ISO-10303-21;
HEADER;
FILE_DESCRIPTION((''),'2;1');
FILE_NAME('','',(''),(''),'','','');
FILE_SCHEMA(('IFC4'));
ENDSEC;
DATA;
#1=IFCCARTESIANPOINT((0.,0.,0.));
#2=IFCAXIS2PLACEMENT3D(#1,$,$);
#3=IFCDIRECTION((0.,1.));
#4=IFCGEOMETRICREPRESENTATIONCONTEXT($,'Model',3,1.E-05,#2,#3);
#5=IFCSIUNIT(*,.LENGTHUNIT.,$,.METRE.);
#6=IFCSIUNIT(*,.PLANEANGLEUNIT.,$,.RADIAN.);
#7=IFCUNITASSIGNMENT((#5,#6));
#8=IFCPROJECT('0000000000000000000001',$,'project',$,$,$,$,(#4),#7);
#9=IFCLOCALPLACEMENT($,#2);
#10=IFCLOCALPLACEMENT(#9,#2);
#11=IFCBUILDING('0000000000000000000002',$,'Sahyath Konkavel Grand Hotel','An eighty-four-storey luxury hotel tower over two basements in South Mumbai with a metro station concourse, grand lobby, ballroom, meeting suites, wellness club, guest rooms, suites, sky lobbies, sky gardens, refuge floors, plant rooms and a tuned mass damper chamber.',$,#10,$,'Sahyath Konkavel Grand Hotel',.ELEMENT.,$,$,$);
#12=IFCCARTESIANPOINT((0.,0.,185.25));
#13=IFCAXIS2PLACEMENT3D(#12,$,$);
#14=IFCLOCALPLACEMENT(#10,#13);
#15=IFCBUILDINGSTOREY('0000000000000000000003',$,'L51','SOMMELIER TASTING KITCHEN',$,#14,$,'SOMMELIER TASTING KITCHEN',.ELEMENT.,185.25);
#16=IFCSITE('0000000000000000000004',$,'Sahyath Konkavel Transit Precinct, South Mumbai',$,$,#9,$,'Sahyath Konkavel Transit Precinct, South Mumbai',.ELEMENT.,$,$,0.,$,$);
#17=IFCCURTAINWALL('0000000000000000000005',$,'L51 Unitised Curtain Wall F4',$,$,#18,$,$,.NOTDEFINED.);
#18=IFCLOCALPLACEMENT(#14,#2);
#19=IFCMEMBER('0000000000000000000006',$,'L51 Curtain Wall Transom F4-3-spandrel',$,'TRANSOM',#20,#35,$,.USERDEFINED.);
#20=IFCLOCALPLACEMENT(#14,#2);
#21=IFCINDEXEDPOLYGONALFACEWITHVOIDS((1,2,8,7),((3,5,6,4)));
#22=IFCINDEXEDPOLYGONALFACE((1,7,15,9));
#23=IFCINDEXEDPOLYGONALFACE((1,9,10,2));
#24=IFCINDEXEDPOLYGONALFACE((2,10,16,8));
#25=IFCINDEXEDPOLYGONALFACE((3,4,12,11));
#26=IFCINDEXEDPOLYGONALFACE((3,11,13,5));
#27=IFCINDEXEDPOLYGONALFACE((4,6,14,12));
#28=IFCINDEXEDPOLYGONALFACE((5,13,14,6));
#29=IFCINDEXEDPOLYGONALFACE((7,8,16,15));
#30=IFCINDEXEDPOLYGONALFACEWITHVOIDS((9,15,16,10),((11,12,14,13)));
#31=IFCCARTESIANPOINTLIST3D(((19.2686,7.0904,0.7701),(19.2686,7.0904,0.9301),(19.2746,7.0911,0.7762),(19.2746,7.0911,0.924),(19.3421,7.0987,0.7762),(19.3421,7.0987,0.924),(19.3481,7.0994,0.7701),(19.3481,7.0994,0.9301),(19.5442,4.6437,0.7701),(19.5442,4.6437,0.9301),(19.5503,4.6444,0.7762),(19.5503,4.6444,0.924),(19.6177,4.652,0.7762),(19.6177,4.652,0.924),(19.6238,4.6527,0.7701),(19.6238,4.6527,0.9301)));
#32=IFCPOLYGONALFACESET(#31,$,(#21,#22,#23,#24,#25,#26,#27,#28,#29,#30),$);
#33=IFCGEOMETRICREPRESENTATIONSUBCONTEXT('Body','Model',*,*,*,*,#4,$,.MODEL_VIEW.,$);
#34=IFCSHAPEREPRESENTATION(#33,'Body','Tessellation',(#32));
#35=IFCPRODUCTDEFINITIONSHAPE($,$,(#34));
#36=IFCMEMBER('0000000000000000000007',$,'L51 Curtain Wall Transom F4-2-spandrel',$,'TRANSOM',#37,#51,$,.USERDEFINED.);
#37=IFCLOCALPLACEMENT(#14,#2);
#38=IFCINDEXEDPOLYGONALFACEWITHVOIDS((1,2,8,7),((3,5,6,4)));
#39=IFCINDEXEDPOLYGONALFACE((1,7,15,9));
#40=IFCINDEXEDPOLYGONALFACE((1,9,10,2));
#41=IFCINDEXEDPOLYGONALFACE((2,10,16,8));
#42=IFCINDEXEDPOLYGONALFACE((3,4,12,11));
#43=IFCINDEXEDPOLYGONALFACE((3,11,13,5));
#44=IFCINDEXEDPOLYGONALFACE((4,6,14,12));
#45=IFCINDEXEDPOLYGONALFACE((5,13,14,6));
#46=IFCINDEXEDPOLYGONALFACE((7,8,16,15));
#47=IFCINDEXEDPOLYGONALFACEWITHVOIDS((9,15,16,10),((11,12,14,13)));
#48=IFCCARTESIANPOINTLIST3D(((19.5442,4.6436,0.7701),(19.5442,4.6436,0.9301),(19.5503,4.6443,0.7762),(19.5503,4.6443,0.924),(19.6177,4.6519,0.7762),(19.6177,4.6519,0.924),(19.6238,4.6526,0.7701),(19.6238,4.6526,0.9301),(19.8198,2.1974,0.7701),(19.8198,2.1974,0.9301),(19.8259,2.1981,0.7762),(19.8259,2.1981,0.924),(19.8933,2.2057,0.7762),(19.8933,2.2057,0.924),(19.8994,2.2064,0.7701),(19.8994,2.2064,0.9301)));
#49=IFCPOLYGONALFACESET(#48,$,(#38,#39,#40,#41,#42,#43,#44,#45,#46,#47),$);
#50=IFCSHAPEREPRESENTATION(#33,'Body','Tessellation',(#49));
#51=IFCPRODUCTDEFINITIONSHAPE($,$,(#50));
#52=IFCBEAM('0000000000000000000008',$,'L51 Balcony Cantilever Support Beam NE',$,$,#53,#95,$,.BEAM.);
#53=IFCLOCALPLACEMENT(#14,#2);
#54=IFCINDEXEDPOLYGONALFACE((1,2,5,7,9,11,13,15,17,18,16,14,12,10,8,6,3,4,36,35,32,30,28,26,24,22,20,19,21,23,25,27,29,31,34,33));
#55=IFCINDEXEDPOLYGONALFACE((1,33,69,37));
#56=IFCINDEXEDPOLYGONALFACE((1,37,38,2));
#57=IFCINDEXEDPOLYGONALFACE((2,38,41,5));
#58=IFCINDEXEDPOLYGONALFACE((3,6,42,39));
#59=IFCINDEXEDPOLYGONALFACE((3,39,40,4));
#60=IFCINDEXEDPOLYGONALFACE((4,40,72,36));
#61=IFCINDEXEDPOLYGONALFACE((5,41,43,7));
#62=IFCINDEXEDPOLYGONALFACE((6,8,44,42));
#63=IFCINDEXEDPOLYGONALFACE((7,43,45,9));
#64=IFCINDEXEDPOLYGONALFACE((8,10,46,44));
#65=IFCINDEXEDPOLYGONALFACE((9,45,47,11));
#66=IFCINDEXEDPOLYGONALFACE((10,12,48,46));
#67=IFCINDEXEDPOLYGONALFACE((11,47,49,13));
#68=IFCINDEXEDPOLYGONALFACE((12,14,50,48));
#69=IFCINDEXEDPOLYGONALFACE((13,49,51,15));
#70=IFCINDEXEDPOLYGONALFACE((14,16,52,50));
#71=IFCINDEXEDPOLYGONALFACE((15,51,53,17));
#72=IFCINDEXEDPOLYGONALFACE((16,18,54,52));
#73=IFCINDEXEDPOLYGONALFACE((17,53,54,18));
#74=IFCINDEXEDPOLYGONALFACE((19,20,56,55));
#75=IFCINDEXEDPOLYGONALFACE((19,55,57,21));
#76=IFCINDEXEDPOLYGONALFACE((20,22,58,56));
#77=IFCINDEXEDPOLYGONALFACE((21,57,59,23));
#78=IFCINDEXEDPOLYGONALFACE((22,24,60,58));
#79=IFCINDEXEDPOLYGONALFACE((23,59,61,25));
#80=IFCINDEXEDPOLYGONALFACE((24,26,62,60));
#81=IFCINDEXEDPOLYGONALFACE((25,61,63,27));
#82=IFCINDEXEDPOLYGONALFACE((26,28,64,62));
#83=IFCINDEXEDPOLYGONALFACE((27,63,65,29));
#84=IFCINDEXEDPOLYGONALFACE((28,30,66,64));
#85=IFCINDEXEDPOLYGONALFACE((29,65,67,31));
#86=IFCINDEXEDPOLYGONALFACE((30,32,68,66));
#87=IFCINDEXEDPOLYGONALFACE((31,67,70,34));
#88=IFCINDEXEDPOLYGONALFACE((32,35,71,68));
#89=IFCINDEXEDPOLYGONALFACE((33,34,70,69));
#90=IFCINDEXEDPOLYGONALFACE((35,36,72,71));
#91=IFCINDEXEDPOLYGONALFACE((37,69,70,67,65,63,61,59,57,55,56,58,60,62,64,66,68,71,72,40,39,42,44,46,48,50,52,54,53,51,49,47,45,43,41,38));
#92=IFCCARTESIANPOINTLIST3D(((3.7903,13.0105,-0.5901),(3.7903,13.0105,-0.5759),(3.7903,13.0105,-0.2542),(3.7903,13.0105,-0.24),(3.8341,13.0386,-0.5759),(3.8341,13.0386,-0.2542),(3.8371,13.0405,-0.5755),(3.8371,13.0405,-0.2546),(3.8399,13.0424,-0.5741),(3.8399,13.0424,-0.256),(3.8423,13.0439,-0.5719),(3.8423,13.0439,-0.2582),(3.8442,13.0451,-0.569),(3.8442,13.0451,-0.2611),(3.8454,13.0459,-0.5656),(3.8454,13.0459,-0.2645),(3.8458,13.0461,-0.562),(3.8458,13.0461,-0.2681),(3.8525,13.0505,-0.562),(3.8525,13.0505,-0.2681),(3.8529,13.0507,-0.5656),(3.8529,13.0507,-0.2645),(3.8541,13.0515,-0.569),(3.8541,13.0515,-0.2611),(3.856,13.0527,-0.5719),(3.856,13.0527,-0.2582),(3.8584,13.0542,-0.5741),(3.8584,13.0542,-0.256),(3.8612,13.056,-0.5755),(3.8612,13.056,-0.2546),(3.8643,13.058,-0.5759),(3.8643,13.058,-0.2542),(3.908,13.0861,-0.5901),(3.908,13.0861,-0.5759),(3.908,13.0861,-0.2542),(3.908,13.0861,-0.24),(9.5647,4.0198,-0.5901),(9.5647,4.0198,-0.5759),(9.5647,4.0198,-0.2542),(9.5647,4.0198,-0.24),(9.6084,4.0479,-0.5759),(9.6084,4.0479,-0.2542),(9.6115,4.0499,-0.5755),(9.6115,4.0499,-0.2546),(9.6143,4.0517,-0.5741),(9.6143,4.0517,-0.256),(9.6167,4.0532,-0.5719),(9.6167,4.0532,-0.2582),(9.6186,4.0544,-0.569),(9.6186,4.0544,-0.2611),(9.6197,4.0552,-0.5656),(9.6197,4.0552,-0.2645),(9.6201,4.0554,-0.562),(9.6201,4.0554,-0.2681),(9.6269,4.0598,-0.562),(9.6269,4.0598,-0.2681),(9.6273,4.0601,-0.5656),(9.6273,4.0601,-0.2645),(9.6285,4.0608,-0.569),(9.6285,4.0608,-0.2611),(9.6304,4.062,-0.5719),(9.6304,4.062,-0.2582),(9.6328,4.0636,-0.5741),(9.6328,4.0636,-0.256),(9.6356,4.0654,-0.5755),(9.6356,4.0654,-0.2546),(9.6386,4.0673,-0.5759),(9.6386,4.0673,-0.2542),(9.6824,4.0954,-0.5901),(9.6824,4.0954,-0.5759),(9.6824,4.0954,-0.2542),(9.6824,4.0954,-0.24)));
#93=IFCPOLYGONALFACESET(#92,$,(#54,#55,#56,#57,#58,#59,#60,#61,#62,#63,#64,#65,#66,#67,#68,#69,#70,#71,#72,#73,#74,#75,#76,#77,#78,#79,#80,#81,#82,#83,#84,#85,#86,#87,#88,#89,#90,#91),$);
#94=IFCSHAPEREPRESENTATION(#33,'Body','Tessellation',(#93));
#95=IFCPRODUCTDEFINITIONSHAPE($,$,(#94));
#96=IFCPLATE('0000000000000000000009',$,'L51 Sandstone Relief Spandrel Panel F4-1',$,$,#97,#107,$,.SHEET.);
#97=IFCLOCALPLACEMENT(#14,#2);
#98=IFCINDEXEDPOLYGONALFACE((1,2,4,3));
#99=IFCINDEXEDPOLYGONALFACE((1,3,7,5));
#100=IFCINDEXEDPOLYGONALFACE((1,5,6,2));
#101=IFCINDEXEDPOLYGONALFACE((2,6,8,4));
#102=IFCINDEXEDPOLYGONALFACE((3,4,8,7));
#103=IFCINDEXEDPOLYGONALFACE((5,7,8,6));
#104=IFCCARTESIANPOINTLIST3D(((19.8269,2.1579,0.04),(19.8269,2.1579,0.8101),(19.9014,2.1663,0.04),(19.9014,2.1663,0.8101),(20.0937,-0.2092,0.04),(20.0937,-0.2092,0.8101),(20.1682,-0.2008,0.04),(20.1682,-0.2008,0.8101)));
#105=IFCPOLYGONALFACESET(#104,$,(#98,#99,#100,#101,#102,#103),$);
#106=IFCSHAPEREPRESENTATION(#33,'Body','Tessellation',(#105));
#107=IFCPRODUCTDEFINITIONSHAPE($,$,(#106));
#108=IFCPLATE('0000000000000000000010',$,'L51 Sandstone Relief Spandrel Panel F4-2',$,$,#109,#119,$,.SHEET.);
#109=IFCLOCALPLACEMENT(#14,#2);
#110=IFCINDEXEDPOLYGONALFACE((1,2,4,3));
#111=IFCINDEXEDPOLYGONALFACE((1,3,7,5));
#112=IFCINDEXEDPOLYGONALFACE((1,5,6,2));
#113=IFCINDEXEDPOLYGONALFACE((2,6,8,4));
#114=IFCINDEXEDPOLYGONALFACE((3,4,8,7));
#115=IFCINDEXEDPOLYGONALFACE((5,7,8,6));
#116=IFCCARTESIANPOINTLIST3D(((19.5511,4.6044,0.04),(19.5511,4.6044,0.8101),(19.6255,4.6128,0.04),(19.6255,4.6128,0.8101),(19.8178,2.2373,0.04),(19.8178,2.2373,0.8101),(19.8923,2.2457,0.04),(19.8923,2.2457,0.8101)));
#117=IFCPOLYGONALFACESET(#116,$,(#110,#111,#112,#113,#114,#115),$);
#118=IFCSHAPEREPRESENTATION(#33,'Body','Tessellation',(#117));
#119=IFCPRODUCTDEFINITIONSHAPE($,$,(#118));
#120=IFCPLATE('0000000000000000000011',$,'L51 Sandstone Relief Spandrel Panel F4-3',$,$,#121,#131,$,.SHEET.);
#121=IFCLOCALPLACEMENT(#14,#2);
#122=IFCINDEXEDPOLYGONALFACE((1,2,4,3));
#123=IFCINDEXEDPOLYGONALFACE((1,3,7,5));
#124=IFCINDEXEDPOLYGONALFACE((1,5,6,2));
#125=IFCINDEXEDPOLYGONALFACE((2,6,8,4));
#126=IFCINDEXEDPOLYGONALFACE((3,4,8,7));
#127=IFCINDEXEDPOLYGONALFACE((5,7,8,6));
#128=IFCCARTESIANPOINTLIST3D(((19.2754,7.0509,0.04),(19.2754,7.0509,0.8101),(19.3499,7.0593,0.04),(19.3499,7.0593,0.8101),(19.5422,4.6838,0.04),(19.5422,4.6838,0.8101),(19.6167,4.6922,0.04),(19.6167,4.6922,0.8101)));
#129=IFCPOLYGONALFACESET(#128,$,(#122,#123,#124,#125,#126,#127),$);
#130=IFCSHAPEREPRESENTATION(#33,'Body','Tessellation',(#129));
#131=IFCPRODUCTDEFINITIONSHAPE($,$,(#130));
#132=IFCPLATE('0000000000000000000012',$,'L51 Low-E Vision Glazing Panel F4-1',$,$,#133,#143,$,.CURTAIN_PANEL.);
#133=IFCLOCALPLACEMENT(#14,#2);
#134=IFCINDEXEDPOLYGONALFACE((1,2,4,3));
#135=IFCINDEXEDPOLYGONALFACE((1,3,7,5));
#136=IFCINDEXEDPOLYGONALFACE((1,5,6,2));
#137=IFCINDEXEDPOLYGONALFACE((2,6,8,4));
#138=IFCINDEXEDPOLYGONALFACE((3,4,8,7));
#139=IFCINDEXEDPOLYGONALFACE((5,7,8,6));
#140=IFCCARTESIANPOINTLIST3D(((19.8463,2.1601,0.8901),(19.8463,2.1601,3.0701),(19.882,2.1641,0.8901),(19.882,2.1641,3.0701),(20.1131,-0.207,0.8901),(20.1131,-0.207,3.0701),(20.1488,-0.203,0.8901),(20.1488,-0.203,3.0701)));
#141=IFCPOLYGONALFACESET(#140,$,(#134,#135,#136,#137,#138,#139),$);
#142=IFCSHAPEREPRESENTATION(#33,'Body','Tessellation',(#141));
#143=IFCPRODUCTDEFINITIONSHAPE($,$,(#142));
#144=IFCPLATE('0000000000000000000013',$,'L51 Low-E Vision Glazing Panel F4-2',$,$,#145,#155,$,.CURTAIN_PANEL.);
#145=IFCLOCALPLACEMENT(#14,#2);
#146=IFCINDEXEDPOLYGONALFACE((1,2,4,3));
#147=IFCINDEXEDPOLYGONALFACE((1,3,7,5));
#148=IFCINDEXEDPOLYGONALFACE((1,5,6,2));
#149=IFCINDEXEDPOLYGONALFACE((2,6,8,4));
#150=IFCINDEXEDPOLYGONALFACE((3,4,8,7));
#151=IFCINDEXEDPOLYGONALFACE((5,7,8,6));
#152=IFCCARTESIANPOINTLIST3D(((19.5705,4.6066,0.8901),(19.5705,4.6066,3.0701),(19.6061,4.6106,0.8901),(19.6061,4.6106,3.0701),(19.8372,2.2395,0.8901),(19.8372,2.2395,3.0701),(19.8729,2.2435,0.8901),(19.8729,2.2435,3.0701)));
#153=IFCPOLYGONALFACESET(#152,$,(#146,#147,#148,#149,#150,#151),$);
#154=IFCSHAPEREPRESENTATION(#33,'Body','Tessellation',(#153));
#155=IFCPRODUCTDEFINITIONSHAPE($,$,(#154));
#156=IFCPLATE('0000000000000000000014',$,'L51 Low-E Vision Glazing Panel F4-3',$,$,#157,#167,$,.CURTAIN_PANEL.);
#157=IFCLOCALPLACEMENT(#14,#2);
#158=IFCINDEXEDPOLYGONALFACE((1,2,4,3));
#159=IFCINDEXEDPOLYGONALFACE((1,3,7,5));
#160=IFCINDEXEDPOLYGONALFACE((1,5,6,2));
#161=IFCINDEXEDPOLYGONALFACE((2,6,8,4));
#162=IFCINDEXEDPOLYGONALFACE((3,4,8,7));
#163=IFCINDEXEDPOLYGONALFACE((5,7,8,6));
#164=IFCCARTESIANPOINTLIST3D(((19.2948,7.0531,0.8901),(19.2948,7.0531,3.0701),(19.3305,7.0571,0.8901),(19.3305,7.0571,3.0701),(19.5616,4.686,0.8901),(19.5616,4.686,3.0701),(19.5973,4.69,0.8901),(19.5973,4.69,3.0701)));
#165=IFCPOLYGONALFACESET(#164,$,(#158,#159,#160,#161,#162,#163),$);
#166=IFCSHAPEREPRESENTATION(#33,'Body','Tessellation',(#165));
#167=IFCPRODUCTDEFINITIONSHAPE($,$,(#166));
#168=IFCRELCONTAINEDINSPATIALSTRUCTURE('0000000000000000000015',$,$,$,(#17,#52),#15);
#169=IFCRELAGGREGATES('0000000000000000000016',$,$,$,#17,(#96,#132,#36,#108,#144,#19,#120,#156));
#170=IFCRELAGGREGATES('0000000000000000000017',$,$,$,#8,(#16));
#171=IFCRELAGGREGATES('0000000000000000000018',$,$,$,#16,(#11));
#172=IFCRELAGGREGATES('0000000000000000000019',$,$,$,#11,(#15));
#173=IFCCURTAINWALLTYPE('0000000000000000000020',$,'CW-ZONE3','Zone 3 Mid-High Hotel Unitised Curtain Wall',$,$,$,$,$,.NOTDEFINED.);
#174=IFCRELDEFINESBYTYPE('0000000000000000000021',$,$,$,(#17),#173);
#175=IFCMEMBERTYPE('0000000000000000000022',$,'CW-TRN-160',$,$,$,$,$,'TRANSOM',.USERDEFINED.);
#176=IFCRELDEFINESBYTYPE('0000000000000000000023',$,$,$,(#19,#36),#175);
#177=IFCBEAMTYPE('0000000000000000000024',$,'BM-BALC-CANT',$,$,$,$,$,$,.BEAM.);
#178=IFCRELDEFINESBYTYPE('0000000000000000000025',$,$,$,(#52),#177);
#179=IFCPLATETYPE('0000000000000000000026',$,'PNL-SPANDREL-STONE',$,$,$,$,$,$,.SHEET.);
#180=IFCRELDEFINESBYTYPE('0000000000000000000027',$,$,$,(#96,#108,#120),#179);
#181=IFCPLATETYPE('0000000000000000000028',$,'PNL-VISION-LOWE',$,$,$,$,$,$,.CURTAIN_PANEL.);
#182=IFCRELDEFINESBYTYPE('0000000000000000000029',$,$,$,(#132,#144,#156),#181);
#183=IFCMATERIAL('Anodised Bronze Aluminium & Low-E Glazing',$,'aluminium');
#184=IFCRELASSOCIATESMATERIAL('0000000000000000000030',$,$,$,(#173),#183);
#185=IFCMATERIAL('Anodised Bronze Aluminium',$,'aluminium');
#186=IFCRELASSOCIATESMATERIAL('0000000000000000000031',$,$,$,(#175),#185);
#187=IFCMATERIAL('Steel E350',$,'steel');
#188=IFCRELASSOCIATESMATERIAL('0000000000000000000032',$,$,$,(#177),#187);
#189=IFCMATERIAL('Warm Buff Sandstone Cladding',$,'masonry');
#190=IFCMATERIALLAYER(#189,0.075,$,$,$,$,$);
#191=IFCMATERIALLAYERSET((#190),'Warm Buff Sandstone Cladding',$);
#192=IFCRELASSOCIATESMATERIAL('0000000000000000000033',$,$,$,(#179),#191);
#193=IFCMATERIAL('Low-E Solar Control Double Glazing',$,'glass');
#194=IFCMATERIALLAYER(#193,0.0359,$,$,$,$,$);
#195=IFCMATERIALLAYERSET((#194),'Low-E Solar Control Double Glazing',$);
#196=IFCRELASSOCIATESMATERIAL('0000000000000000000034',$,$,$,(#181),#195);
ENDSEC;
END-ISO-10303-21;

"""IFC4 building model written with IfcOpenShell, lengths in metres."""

from ifc_helpers import new_model, si_unit, direction, frame, origin, origin_2d, place, context, subcontext, project, spatial, rectangle, hollow_rectangle, i_section, extrude, source, transform, mapped, material, layer, layer_set, material_profile, profile_set, type_object, element, aggregate, save


model = new_model("IFC4")

# Units and contexts
model_context = context("Model", 3, precision=1e-05, world=origin(), true_north=direction((0.0, 1.0)))
body_context = subcontext(model_context, "Body", "Model", "MODEL_VIEW")
ifc_project = project(units=[si_unit("LENGTHUNIT", "METRE"), si_unit("PLANEANGLEUNIT", "RADIAN")], contexts=[model_context])

# Site, building, storey
site_placement = place(None, origin())
site = spatial("IfcSite", under=ifc_project, at=site_placement, Name="Sahyath Konkavel Transit Precinct, South Mumbai", LongName="Sahyath Konkavel Transit Precinct, South Mumbai", CompositionType="ELEMENT", RefElevation=0.0)
building_placement = place(site_placement, origin())
building = spatial("IfcBuilding", under=site, at=building_placement, Name="Sahyath Konkavel Grand Hotel", Description="An eighty-four-storey luxury hotel tower over two basements in South Mumbai with a metro station concourse, grand lobby, ballroom, meeting suites, wellness club, guest rooms, suites, sky lobbies, sky gardens, refuge floors, plant rooms and a tuned mass damper chamber.", LongName="Sahyath Konkavel Grand Hotel", CompositionType="ELEMENT")
storey_placement = place(building_placement, frame((0.0, 0.0, 185.25)))
storey = spatial("IfcBuildingStorey", under=building, at=storey_placement, Name="L51", Description="SOMMELIER TASTING KITCHEN", LongName="SOMMELIER TASTING KITCHEN", CompositionType="ELEMENT", Elevation=185.25)

# Shared definitions
ifc_material_1 = material(Name="Steel E350", Category="steel")

# Curtain wall
ifc_material_2 = material(Name="Anodised Bronze Aluminium & Low-E Glazing", Category="aluminium")
curtain_wall_type = type_object("IfcCurtainWallType", Name="CW-ZONE3", Description="Zone 3 Mid-High Hotel Unitised Curtain Wall", PredefinedType="NOTDEFINED", material=ifc_material_2)
curtain_wall_1_placement = place(storey_placement, origin())
curtain_wall_1 = element("IfcCurtainWall", 1, at=curtain_wall_1_placement, inside=storey, type_object=curtain_wall_type, Name="L51 Unitised Curtain Wall F4", PredefinedType="NOTDEFINED")
ifc_material_3 = material(Name="Anodised Bronze Aluminium", Category="aluminium")

# Members
ifc_material_profile_1 = material_profile(ifc_material_3, hollow_rectangle(XDim=0.0801, YDim=0.1599, WallThickness=0.0061, at=origin_2d()), Name="RHS 160x80x6")
ifc_profile_set_1 = profile_set([ifc_material_profile_1], Name="Anodised Bronze Aluminium")
member_type_1 = type_object("IfcMemberType", Name="CW-TRN-160", ElementType="TRANSOM", PredefinedType="USERDEFINED", material=ifc_profile_set_1)
shared_shape_1 = source(origin(), body_context, "Body", "SweptSolid", [
    extrude(hollow_rectangle(XDim=0.0801, YDim=0.1599, WallThickness=0.0061, at=origin_2d()), origin(), (0.0, 0.0, 1.0), 2.4622),
])
member_1_placement = place(storey_placement, frame((19.584, 4.6482, 0.8501), z_axis=(-0.111944, 0.993715, 0.0), x_axis=(-0.993715, -0.111944, 0.0)))
member_1 = element("IfcMember", 2, at=member_1_placement, type_object=member_type_1, Name="L51 Curtain Wall Transom F4-3-spandrel", ObjectType="TRANSOM", PredefinedType="USERDEFINED", context=body_context, shape_type="MappedRepresentation", body=[
    mapped(shared_shape_1, transform((0.0, 0.0, 0.0), scale=1.0)),
])
shared_shape_2 = source(origin(), body_context, "Body", "SweptSolid", [
    extrude(hollow_rectangle(XDim=0.0801, YDim=0.1599, WallThickness=0.0061, at=origin_2d()), origin(), (0.0, 0.0, 1.0), 2.4617),
])
member_2_placement = place(storey_placement, frame((19.8596, 2.2019, 0.8501), z_axis=(-0.111966, 0.993712, 0.0), x_axis=(-0.993712, -0.111966, 0.0)))
member_2 = element("IfcMember", 3, at=member_2_placement, type_object=member_type_1, Name="L51 Curtain Wall Transom F4-2-spandrel", ObjectType="TRANSOM", PredefinedType="USERDEFINED", context=body_context, shape_type="MappedRepresentation", body=[
    mapped(shared_shape_2, transform((0.0, 0.0, 0.0), scale=1.0)),
])

# Beam
ifc_material_profile_2 = material_profile(ifc_material_1, i_section(OverallWidth=0.1399, OverallDepth=0.3501, WebThickness=0.0081, FlangeThickness=0.0142, FilletRadius=0.0139, at=origin_2d()), Name="ISMB 350")
ifc_profile_set_2 = profile_set([ifc_material_profile_2], Name="Steel E350")
beam_type_1 = type_object("IfcBeamType", Name="BM-BALC-CANT", PredefinedType="BEAM", material=ifc_profile_set_2)
shared_shape_3 = source(origin(), body_context, "Body", "SweptSolid", [
    extrude(i_section(OverallWidth=0.1399, OverallDepth=0.3501, WebThickness=0.0081, FlangeThickness=0.0142, FilletRadius=0.0139, at=origin_2d()), origin(), (0.0, 0.0, 1.0), 10.6853),
])
beam_1_placement = place(storey_placement, frame((9.6235, 4.0576, -0.415), z_axis=(-0.540404, 0.841406, 0.0), x_axis=(-0.841406, -0.540404, 0.0)))
element("IfcBeam", 4, at=beam_1_placement, inside=storey, type_object=beam_type_1, Name="L51 Balcony Cantilever Support Beam NE", PredefinedType="BEAM", context=body_context, shape_type="MappedRepresentation", body=[
    mapped(shared_shape_3, transform((0.0, 0.0, 0.0), scale=1.0)),
])

# Plates
ifc_material_4 = material(Name="Warm Buff Sandstone Cladding", Category="masonry")
ifc_layer_1 = layer(ifc_material_4, 0.075)
ifc_layer_set_1 = layer_set([ifc_layer_1], Name="Warm Buff Sandstone Cladding")
plate_type_1 = type_object("IfcPlateType", Name="PNL-SPANDREL-STONE", PredefinedType="SHEET", material=ifc_layer_set_1)
shared_shape_4 = source(origin(), body_context, "Body", "SweptSolid", [
    extrude(rectangle(XDim=2.3821, YDim=0.075, at=origin_2d()), origin(), (0.0, 0.0, 1.0), 0.77),
])
plate_1_placement = place(storey_placement, frame((19.9976, 0.9785, 0.04), z_axis=(0.0, 0.0, 1.0), x_axis=(-0.111989, 0.993709, 0.0)))
plate_1 = element("IfcPlate", 5, at=plate_1_placement, type_object=plate_type_1, Name="L51 Sandstone Relief Spandrel Panel F4-1", PredefinedType="SHEET", context=body_context, shape_type="MappedRepresentation", body=[
    mapped(shared_shape_4, transform((0.0, 0.0, 0.0), scale=1.0)),
])
plate_2_placement = place(storey_placement, frame((19.7217, 3.425, 0.04), z_axis=(0.0, 0.0, 1.0), x_axis=(-0.111989, 0.993709, 0.0)))
plate_2 = element("IfcPlate", 6, at=plate_2_placement, type_object=plate_type_1, Name="L51 Sandstone Relief Spandrel Panel F4-2", PredefinedType="SHEET", context=body_context, shape_type="MappedRepresentation", body=[
    mapped(shared_shape_4, transform((0.0, 0.0, 0.0), scale=1.0)),
])
plate_3_placement = place(storey_placement, frame((19.446, 5.8716, 0.04), z_axis=(0.0, 0.0, 1.0), x_axis=(-0.111989, 0.993709, 0.0)))
plate_3 = element("IfcPlate", 7, at=plate_3_placement, type_object=plate_type_1, Name="L51 Sandstone Relief Spandrel Panel F4-3", PredefinedType="SHEET", context=body_context, shape_type="MappedRepresentation", body=[
    mapped(shared_shape_4, transform((0.0, 0.0, 0.0), scale=1.0)),
])
ifc_material_5 = material(Name="Low-E Solar Control Double Glazing", Category="glass")
ifc_layer_2 = layer(ifc_material_5, 0.0359)
ifc_layer_set_2 = layer_set([ifc_layer_2], Name="Low-E Solar Control Double Glazing")
plate_type_2 = type_object("IfcPlateType", Name="PNL-VISION-LOWE", PredefinedType="CURTAIN_PANEL", material=ifc_layer_set_2)
shared_shape_5 = source(origin(), body_context, "Body", "SweptSolid", [
    extrude(rectangle(XDim=2.3821, YDim=0.0359, at=origin_2d()), origin(), (0.0, 0.0, 1.0), 2.1799),
])
plate_4_placement = place(storey_placement, frame((19.9976, 0.9785, 0.8901), z_axis=(0.0, 0.0, 1.0), x_axis=(-0.111989, 0.993709, 0.0)))
plate_4 = element("IfcPlate", 8, at=plate_4_placement, type_object=plate_type_2, Name="L51 Low-E Vision Glazing Panel F4-1", PredefinedType="CURTAIN_PANEL", context=body_context, shape_type="MappedRepresentation", body=[
    mapped(shared_shape_5, transform((0.0, 0.0, 0.0), scale=1.0)),
])
plate_5_placement = place(storey_placement, frame((19.7217, 3.425, 0.8901), z_axis=(0.0, 0.0, 1.0), x_axis=(-0.111989, 0.993709, 0.0)))
plate_5 = element("IfcPlate", 9, at=plate_5_placement, type_object=plate_type_2, Name="L51 Low-E Vision Glazing Panel F4-2", PredefinedType="CURTAIN_PANEL", context=body_context, shape_type="MappedRepresentation", body=[
    mapped(shared_shape_5, transform((0.0, 0.0, 0.0), scale=1.0)),
])
plate_6_placement = place(storey_placement, frame((19.446, 5.8716, 0.8901), z_axis=(0.0, 0.0, 1.0), x_axis=(-0.111989, 0.993709, 0.0)))
plate_6 = element("IfcPlate", 10, at=plate_6_placement, type_object=plate_type_2, Name="L51 Low-E Vision Glazing Panel F4-3", PredefinedType="CURTAIN_PANEL", context=body_context, shape_type="MappedRepresentation", body=[
    mapped(shared_shape_5, transform((0.0, 0.0, 0.0), scale=1.0)),
])
aggregate(curtain_wall_1, [plate_1, plate_4, member_2, plate_2, plate_5, member_1, plate_3, plate_6])

save(model, "model.ifc")
